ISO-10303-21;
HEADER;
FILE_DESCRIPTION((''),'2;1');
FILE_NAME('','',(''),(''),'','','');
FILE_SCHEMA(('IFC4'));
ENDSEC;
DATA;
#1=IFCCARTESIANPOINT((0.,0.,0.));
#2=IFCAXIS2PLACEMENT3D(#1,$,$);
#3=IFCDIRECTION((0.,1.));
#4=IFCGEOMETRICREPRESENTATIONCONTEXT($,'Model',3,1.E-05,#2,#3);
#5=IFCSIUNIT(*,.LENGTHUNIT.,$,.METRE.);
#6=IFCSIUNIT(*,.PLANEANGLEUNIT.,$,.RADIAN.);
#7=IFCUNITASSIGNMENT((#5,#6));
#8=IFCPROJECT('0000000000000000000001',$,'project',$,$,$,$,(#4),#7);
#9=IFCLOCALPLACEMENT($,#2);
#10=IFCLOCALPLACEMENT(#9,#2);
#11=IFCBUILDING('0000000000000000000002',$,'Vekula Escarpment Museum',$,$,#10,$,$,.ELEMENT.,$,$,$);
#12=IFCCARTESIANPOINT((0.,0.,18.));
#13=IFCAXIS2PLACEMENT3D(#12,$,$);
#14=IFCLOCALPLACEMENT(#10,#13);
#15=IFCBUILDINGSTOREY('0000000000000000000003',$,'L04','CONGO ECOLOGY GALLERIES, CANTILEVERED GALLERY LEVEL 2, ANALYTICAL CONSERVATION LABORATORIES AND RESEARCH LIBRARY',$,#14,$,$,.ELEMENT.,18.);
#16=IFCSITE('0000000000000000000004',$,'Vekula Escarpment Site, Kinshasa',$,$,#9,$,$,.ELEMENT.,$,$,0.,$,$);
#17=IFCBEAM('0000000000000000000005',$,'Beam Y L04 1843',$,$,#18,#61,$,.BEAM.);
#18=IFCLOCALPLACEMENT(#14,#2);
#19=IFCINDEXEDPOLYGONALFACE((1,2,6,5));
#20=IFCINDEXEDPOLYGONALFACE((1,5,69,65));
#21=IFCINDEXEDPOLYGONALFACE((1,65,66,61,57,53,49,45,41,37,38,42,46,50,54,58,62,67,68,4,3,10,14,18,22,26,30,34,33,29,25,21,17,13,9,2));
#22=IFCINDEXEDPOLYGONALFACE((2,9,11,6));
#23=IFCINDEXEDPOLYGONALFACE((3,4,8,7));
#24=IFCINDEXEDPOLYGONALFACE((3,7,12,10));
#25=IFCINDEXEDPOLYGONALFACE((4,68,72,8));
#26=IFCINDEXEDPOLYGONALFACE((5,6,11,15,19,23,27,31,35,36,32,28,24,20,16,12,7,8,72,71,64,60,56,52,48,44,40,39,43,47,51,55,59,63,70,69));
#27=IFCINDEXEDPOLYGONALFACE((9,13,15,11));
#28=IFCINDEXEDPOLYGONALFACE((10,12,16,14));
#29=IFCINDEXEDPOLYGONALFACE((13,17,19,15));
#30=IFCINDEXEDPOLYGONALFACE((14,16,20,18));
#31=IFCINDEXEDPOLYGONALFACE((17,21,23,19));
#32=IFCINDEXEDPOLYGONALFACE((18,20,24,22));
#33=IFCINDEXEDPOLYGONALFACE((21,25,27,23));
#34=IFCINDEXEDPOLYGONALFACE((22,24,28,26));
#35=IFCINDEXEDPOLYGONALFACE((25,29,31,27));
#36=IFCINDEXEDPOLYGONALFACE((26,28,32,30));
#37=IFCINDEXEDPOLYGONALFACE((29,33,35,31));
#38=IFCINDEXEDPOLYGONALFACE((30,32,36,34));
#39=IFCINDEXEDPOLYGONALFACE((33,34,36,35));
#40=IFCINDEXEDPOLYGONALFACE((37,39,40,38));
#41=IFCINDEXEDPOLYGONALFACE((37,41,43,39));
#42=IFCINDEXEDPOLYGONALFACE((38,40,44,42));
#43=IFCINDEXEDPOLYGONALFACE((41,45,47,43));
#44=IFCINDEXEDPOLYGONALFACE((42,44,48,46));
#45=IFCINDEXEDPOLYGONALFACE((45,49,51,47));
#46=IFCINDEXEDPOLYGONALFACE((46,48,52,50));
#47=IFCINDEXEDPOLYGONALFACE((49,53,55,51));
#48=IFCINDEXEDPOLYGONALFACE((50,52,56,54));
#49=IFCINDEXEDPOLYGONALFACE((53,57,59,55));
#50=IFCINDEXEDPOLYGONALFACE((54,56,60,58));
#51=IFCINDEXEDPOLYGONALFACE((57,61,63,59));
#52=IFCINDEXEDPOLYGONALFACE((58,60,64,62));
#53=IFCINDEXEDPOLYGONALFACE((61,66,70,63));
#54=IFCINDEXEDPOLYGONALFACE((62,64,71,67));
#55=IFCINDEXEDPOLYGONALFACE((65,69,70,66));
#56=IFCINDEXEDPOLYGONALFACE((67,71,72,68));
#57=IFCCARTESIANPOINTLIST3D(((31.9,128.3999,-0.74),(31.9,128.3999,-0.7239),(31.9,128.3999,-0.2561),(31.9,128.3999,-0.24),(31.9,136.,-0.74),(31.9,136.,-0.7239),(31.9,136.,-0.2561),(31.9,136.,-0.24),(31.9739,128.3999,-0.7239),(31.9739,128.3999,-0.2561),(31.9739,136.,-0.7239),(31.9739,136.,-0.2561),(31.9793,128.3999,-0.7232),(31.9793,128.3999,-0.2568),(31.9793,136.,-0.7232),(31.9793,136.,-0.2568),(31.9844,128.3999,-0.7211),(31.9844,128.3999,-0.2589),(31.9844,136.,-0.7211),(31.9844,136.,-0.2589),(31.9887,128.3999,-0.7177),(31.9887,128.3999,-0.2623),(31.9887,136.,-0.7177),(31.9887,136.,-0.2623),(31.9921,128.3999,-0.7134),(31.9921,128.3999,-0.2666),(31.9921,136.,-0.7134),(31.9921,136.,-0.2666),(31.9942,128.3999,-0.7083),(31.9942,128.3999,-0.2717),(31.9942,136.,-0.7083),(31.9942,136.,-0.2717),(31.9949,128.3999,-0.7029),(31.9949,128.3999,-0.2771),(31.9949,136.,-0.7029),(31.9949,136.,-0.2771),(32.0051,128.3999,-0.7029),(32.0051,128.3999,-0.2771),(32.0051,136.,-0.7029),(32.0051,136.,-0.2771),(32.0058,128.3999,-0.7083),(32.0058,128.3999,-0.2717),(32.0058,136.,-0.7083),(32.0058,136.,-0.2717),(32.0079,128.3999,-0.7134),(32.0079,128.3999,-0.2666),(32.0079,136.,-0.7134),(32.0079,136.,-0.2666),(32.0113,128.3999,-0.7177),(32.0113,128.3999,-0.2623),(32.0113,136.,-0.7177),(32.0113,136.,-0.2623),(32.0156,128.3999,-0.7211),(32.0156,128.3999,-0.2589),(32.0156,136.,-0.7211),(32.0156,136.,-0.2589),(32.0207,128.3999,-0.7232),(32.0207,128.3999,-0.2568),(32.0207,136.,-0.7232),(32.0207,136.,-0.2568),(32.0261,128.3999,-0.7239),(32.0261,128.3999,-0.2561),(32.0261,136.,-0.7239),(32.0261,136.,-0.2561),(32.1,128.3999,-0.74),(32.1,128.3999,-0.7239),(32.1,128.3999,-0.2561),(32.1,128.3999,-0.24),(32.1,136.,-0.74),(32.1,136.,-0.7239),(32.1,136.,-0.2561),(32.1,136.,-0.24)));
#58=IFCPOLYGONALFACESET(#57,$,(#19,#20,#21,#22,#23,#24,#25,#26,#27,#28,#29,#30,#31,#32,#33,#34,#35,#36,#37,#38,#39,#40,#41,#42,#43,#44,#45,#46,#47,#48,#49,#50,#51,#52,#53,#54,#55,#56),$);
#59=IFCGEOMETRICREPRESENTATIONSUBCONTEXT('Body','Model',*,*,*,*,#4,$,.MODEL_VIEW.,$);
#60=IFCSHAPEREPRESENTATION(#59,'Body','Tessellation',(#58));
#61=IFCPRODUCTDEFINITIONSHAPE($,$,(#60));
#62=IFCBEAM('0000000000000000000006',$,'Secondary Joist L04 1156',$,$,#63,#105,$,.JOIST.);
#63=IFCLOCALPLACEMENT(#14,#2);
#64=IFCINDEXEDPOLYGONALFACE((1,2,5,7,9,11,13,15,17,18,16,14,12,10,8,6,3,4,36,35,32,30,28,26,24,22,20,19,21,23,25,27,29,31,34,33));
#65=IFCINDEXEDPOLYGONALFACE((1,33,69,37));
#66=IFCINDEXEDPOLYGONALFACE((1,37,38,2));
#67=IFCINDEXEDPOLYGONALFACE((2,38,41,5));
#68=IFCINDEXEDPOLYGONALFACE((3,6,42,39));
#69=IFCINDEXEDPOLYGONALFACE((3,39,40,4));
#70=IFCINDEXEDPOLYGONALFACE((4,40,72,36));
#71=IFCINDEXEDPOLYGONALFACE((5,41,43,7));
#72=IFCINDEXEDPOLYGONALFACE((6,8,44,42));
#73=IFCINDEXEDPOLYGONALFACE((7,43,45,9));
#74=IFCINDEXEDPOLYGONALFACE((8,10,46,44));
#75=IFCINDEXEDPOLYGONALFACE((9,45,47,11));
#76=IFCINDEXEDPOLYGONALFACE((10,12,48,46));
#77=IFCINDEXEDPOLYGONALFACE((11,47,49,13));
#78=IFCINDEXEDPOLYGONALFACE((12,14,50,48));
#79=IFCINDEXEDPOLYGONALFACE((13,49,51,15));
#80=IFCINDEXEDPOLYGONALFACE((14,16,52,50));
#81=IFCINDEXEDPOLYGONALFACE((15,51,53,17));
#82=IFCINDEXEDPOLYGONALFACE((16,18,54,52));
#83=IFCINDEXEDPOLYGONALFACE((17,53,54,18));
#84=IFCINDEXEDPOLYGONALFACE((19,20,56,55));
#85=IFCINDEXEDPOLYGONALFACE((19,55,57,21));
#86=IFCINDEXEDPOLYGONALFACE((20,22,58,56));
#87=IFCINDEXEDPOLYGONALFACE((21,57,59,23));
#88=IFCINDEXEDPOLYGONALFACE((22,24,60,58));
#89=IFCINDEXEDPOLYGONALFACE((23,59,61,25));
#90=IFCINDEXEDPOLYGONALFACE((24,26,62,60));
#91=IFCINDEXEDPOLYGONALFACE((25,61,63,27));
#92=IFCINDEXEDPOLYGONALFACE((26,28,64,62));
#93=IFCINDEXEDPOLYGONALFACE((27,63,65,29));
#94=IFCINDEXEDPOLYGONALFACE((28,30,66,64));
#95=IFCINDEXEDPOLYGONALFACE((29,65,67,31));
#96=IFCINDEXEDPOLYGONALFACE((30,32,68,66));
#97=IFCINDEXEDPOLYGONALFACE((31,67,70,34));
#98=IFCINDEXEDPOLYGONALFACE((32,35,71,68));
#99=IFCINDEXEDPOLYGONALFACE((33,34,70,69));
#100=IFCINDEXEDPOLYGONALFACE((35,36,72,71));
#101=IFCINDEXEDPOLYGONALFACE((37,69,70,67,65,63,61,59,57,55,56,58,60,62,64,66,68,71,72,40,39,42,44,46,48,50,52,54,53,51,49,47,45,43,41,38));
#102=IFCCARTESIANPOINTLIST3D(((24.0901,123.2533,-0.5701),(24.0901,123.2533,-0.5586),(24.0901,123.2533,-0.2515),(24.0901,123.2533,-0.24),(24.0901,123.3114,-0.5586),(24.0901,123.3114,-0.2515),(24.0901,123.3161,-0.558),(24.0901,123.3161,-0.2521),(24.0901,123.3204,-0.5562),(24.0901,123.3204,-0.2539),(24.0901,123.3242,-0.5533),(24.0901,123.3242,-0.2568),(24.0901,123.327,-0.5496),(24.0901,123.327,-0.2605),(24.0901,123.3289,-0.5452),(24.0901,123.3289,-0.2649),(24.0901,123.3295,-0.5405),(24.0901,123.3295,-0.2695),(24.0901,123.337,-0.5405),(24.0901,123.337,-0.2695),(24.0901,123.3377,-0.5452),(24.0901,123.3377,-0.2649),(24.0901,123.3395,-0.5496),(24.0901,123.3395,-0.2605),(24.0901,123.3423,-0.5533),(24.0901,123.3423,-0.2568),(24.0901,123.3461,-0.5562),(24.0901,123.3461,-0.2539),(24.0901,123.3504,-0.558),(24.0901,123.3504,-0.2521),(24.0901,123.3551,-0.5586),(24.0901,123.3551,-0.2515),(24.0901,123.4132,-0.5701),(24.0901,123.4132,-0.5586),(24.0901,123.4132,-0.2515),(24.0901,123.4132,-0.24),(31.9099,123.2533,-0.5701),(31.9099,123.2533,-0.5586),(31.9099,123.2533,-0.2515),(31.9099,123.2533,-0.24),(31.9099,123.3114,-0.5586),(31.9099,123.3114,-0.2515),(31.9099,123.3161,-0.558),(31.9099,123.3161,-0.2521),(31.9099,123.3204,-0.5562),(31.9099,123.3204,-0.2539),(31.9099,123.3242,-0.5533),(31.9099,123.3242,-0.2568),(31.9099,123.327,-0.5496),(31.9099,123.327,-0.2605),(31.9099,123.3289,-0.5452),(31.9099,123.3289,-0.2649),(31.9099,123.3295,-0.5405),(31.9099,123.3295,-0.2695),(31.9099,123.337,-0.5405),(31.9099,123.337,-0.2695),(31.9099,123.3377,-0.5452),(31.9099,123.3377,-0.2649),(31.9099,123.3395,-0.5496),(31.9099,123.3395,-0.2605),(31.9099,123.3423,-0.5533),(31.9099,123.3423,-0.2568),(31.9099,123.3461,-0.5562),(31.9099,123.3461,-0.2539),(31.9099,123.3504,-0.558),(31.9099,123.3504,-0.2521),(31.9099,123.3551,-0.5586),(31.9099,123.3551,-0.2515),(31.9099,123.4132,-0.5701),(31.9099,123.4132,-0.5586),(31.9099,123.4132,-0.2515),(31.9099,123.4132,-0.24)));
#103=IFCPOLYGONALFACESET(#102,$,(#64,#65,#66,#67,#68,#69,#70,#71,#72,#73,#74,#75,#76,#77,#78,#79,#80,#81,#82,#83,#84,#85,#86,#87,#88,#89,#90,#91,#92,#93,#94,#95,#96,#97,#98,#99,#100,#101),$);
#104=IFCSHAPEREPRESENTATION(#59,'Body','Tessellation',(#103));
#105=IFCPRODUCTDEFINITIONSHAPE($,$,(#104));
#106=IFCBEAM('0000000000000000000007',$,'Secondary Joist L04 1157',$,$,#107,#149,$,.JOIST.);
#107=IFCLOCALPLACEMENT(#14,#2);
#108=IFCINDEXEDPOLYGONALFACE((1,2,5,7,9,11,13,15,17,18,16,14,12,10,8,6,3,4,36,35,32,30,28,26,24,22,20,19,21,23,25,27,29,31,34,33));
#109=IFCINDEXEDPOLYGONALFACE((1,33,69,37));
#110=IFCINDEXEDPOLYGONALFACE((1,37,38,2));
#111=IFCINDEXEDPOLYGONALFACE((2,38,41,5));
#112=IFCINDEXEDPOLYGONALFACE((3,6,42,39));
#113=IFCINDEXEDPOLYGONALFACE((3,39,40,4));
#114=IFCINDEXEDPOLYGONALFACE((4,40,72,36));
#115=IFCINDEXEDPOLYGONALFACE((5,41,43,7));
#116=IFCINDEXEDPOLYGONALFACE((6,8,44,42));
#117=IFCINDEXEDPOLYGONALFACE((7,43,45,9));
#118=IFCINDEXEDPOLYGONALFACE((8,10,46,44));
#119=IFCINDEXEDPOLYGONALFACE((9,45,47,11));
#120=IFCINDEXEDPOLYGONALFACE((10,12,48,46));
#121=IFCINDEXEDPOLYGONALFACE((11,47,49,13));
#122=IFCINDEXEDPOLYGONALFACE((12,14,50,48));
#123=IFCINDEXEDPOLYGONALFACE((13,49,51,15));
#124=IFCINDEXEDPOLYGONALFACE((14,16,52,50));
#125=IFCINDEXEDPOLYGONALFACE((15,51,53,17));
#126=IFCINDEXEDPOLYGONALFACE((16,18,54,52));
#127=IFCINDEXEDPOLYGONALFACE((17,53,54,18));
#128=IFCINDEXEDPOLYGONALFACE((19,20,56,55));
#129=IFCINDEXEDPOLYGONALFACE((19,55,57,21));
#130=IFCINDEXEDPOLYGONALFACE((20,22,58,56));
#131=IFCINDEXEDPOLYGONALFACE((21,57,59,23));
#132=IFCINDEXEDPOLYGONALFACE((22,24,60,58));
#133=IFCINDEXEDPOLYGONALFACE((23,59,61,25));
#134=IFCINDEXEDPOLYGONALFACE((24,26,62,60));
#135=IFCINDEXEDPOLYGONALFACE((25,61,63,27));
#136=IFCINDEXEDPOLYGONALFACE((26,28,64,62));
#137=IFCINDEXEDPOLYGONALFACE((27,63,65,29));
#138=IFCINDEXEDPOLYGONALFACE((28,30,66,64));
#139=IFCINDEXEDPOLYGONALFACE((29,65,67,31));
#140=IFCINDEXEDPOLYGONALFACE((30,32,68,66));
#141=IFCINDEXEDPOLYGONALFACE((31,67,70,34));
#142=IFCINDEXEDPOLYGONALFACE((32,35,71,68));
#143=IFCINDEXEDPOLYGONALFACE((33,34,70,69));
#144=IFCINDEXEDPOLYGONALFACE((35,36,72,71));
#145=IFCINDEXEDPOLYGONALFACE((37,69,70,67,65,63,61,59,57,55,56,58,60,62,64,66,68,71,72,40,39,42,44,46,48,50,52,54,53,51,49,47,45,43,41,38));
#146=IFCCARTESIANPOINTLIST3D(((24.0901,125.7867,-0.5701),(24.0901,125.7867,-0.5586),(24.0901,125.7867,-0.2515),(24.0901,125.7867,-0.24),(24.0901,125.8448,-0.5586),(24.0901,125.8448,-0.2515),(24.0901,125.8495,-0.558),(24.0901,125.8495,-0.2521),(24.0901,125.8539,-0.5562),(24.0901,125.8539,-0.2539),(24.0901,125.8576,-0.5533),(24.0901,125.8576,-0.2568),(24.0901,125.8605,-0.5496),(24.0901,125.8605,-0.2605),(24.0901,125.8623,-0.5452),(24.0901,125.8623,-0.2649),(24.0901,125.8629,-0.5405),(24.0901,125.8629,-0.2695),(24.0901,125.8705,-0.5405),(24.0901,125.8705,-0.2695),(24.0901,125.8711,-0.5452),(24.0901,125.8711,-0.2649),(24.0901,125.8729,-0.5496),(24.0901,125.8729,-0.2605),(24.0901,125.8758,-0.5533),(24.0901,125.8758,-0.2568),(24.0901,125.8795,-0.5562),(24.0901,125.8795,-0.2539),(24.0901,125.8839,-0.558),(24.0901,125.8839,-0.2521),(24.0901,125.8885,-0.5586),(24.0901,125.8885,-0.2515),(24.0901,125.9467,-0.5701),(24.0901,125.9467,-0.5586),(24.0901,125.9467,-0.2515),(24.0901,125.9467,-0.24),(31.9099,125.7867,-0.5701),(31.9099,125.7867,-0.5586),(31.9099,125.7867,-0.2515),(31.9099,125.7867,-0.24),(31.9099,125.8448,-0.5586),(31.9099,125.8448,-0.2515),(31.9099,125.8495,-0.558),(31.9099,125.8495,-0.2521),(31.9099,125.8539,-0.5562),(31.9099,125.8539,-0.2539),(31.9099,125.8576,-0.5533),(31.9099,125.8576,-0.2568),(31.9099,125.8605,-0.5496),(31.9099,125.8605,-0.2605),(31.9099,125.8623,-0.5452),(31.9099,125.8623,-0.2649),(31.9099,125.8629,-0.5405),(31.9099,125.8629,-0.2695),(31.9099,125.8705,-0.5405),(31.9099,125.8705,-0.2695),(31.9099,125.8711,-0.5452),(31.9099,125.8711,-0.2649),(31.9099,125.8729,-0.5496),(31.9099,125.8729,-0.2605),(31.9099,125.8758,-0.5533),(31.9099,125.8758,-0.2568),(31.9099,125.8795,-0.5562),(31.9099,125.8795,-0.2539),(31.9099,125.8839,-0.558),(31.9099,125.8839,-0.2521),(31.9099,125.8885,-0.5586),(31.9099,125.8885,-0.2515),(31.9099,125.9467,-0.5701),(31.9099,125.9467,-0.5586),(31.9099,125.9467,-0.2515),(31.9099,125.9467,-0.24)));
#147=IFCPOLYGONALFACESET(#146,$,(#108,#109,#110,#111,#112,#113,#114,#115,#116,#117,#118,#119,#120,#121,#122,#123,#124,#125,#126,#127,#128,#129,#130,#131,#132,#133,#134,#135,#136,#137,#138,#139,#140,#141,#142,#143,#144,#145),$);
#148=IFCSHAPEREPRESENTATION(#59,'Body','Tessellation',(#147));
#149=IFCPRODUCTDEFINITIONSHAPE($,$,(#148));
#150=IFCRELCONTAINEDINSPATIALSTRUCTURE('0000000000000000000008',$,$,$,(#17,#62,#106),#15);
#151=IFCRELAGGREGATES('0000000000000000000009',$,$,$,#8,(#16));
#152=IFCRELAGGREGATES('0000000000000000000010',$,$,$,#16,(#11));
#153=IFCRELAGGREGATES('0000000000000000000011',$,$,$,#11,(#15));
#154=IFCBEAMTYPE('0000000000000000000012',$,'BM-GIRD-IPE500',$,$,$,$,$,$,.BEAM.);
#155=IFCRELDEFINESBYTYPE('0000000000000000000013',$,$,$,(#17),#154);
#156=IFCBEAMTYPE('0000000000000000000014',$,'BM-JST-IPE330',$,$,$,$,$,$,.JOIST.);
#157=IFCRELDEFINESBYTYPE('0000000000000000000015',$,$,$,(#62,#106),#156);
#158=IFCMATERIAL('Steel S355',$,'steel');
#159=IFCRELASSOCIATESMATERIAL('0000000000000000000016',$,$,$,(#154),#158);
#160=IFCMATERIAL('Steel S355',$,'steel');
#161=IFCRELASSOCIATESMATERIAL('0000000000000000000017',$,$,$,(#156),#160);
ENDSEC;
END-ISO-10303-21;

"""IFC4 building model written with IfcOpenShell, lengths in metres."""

from ifc_helpers import new_model, si_unit, direction, frame, origin, origin_2d, place, context, subcontext, project, spatial, i_section, extrude, material, material_profile, profile_set, type_object, element, save


model = new_model("IFC4")

# Units and contexts
model_context = context("Model", 3, precision=1e-05, world=origin(), true_north=direction((0.0, 1.0)))
body_context = subcontext(model_context, "Body", "Model", "MODEL_VIEW")
ifc_project = project(units=[si_unit("LENGTHUNIT", "METRE"), si_unit("PLANEANGLEUNIT", "RADIAN")], contexts=[model_context])

# Site, building, storey
site_placement = place(None, origin())
site = spatial("IfcSite", under=ifc_project, at=site_placement, Name="Vekula Escarpment Site, Kinshasa", CompositionType="ELEMENT", RefElevation=0.0)
building_placement = place(site_placement, origin())
building = spatial("IfcBuilding", under=site, at=building_placement, Name="Vekula Escarpment Museum", CompositionType="ELEMENT")
storey_placement = place(building_placement, frame((0.0, 0.0, 18.0)))
storey = spatial("IfcBuildingStorey", under=building, at=storey_placement, Name="L04", Description="CONGO ECOLOGY GALLERIES, CANTILEVERED GALLERY LEVEL 2, ANALYTICAL CONSERVATION LABORATORIES AND RESEARCH LIBRARY", CompositionType="ELEMENT", Elevation=18.0)

# Beams
ifc_material_1 = material(Name="Steel S355", Category="steel")
ifc_material_profile_1 = material_profile(ifc_material_1, i_section(OverallWidth=0.2, OverallDepth=0.5, WebThickness=0.0103, FlangeThickness=0.0161, FilletRadius=0.021, at=origin_2d()), Name="IPE 500")
ifc_profile_set_1 = profile_set([ifc_material_profile_1], Name="Steel S355")
beam_type_1 = type_object("IfcBeamType", Name="BM-GIRD-IPE500", PredefinedType="BEAM", material=ifc_profile_set_1)
beam_1_placement = place(storey_placement, frame((32.0, 128.3999, -0.49), z_axis=(0.0, 1.0, 0.0), x_axis=(-1.0, 0.0, 0.0)))
element("IfcBeam", 1, at=beam_1_placement, inside=storey, type_object=beam_type_1, Name="Beam Y L04 1843", PredefinedType="BEAM", context=body_context, shape_type="SweptSolid", body=[
    extrude(i_section(OverallWidth=0.2, OverallDepth=0.5, WebThickness=0.0103, FlangeThickness=0.0161, FilletRadius=0.021, at=origin_2d()), origin(), (0.0, 0.0, 1.0), 7.6001),
])
ifc_material_2 = material(Name="Steel S355", Category="steel")
ifc_material_profile_2 = material_profile(ifc_material_2, i_section(OverallWidth=0.1599, OverallDepth=0.3301, WebThickness=0.0076, FlangeThickness=0.0115, FilletRadius=0.0181, at=origin_2d()), Name="IPE 330")
ifc_profile_set_2 = profile_set([ifc_material_profile_2], Name="Steel S355")
beam_type_2 = type_object("IfcBeamType", Name="BM-JST-IPE330", PredefinedType="JOIST", material=ifc_profile_set_2)
for number, where, z_axis, x_axis, name in (
    (2, (24.0901, 123.3333, -0.405), (1.0, 0.0, 0.0), (0.0, 1.0, 0.0), "Secondary Joist L04 1156"),
    (3, (24.0901, 125.8667, -0.405), (1.0, 0.0, 0.0), (0.0, 1.0, 0.0), "Secondary Joist L04 1157"),
):
    element("IfcBeam", number, at=place(storey_placement, frame(where, z_axis=z_axis, x_axis=x_axis)), inside=storey, type_object=beam_type_2, Name=name, PredefinedType="JOIST", context=body_context, shape_type="SweptSolid", body=[
        extrude(i_section(OverallWidth=0.1599, OverallDepth=0.3301, WebThickness=0.0076, FlangeThickness=0.0115, FilletRadius=0.0181, at=origin_2d()), origin(), (0.0, 0.0, 1.0), 7.8198),
    ])

save(model, "model.ifc")
